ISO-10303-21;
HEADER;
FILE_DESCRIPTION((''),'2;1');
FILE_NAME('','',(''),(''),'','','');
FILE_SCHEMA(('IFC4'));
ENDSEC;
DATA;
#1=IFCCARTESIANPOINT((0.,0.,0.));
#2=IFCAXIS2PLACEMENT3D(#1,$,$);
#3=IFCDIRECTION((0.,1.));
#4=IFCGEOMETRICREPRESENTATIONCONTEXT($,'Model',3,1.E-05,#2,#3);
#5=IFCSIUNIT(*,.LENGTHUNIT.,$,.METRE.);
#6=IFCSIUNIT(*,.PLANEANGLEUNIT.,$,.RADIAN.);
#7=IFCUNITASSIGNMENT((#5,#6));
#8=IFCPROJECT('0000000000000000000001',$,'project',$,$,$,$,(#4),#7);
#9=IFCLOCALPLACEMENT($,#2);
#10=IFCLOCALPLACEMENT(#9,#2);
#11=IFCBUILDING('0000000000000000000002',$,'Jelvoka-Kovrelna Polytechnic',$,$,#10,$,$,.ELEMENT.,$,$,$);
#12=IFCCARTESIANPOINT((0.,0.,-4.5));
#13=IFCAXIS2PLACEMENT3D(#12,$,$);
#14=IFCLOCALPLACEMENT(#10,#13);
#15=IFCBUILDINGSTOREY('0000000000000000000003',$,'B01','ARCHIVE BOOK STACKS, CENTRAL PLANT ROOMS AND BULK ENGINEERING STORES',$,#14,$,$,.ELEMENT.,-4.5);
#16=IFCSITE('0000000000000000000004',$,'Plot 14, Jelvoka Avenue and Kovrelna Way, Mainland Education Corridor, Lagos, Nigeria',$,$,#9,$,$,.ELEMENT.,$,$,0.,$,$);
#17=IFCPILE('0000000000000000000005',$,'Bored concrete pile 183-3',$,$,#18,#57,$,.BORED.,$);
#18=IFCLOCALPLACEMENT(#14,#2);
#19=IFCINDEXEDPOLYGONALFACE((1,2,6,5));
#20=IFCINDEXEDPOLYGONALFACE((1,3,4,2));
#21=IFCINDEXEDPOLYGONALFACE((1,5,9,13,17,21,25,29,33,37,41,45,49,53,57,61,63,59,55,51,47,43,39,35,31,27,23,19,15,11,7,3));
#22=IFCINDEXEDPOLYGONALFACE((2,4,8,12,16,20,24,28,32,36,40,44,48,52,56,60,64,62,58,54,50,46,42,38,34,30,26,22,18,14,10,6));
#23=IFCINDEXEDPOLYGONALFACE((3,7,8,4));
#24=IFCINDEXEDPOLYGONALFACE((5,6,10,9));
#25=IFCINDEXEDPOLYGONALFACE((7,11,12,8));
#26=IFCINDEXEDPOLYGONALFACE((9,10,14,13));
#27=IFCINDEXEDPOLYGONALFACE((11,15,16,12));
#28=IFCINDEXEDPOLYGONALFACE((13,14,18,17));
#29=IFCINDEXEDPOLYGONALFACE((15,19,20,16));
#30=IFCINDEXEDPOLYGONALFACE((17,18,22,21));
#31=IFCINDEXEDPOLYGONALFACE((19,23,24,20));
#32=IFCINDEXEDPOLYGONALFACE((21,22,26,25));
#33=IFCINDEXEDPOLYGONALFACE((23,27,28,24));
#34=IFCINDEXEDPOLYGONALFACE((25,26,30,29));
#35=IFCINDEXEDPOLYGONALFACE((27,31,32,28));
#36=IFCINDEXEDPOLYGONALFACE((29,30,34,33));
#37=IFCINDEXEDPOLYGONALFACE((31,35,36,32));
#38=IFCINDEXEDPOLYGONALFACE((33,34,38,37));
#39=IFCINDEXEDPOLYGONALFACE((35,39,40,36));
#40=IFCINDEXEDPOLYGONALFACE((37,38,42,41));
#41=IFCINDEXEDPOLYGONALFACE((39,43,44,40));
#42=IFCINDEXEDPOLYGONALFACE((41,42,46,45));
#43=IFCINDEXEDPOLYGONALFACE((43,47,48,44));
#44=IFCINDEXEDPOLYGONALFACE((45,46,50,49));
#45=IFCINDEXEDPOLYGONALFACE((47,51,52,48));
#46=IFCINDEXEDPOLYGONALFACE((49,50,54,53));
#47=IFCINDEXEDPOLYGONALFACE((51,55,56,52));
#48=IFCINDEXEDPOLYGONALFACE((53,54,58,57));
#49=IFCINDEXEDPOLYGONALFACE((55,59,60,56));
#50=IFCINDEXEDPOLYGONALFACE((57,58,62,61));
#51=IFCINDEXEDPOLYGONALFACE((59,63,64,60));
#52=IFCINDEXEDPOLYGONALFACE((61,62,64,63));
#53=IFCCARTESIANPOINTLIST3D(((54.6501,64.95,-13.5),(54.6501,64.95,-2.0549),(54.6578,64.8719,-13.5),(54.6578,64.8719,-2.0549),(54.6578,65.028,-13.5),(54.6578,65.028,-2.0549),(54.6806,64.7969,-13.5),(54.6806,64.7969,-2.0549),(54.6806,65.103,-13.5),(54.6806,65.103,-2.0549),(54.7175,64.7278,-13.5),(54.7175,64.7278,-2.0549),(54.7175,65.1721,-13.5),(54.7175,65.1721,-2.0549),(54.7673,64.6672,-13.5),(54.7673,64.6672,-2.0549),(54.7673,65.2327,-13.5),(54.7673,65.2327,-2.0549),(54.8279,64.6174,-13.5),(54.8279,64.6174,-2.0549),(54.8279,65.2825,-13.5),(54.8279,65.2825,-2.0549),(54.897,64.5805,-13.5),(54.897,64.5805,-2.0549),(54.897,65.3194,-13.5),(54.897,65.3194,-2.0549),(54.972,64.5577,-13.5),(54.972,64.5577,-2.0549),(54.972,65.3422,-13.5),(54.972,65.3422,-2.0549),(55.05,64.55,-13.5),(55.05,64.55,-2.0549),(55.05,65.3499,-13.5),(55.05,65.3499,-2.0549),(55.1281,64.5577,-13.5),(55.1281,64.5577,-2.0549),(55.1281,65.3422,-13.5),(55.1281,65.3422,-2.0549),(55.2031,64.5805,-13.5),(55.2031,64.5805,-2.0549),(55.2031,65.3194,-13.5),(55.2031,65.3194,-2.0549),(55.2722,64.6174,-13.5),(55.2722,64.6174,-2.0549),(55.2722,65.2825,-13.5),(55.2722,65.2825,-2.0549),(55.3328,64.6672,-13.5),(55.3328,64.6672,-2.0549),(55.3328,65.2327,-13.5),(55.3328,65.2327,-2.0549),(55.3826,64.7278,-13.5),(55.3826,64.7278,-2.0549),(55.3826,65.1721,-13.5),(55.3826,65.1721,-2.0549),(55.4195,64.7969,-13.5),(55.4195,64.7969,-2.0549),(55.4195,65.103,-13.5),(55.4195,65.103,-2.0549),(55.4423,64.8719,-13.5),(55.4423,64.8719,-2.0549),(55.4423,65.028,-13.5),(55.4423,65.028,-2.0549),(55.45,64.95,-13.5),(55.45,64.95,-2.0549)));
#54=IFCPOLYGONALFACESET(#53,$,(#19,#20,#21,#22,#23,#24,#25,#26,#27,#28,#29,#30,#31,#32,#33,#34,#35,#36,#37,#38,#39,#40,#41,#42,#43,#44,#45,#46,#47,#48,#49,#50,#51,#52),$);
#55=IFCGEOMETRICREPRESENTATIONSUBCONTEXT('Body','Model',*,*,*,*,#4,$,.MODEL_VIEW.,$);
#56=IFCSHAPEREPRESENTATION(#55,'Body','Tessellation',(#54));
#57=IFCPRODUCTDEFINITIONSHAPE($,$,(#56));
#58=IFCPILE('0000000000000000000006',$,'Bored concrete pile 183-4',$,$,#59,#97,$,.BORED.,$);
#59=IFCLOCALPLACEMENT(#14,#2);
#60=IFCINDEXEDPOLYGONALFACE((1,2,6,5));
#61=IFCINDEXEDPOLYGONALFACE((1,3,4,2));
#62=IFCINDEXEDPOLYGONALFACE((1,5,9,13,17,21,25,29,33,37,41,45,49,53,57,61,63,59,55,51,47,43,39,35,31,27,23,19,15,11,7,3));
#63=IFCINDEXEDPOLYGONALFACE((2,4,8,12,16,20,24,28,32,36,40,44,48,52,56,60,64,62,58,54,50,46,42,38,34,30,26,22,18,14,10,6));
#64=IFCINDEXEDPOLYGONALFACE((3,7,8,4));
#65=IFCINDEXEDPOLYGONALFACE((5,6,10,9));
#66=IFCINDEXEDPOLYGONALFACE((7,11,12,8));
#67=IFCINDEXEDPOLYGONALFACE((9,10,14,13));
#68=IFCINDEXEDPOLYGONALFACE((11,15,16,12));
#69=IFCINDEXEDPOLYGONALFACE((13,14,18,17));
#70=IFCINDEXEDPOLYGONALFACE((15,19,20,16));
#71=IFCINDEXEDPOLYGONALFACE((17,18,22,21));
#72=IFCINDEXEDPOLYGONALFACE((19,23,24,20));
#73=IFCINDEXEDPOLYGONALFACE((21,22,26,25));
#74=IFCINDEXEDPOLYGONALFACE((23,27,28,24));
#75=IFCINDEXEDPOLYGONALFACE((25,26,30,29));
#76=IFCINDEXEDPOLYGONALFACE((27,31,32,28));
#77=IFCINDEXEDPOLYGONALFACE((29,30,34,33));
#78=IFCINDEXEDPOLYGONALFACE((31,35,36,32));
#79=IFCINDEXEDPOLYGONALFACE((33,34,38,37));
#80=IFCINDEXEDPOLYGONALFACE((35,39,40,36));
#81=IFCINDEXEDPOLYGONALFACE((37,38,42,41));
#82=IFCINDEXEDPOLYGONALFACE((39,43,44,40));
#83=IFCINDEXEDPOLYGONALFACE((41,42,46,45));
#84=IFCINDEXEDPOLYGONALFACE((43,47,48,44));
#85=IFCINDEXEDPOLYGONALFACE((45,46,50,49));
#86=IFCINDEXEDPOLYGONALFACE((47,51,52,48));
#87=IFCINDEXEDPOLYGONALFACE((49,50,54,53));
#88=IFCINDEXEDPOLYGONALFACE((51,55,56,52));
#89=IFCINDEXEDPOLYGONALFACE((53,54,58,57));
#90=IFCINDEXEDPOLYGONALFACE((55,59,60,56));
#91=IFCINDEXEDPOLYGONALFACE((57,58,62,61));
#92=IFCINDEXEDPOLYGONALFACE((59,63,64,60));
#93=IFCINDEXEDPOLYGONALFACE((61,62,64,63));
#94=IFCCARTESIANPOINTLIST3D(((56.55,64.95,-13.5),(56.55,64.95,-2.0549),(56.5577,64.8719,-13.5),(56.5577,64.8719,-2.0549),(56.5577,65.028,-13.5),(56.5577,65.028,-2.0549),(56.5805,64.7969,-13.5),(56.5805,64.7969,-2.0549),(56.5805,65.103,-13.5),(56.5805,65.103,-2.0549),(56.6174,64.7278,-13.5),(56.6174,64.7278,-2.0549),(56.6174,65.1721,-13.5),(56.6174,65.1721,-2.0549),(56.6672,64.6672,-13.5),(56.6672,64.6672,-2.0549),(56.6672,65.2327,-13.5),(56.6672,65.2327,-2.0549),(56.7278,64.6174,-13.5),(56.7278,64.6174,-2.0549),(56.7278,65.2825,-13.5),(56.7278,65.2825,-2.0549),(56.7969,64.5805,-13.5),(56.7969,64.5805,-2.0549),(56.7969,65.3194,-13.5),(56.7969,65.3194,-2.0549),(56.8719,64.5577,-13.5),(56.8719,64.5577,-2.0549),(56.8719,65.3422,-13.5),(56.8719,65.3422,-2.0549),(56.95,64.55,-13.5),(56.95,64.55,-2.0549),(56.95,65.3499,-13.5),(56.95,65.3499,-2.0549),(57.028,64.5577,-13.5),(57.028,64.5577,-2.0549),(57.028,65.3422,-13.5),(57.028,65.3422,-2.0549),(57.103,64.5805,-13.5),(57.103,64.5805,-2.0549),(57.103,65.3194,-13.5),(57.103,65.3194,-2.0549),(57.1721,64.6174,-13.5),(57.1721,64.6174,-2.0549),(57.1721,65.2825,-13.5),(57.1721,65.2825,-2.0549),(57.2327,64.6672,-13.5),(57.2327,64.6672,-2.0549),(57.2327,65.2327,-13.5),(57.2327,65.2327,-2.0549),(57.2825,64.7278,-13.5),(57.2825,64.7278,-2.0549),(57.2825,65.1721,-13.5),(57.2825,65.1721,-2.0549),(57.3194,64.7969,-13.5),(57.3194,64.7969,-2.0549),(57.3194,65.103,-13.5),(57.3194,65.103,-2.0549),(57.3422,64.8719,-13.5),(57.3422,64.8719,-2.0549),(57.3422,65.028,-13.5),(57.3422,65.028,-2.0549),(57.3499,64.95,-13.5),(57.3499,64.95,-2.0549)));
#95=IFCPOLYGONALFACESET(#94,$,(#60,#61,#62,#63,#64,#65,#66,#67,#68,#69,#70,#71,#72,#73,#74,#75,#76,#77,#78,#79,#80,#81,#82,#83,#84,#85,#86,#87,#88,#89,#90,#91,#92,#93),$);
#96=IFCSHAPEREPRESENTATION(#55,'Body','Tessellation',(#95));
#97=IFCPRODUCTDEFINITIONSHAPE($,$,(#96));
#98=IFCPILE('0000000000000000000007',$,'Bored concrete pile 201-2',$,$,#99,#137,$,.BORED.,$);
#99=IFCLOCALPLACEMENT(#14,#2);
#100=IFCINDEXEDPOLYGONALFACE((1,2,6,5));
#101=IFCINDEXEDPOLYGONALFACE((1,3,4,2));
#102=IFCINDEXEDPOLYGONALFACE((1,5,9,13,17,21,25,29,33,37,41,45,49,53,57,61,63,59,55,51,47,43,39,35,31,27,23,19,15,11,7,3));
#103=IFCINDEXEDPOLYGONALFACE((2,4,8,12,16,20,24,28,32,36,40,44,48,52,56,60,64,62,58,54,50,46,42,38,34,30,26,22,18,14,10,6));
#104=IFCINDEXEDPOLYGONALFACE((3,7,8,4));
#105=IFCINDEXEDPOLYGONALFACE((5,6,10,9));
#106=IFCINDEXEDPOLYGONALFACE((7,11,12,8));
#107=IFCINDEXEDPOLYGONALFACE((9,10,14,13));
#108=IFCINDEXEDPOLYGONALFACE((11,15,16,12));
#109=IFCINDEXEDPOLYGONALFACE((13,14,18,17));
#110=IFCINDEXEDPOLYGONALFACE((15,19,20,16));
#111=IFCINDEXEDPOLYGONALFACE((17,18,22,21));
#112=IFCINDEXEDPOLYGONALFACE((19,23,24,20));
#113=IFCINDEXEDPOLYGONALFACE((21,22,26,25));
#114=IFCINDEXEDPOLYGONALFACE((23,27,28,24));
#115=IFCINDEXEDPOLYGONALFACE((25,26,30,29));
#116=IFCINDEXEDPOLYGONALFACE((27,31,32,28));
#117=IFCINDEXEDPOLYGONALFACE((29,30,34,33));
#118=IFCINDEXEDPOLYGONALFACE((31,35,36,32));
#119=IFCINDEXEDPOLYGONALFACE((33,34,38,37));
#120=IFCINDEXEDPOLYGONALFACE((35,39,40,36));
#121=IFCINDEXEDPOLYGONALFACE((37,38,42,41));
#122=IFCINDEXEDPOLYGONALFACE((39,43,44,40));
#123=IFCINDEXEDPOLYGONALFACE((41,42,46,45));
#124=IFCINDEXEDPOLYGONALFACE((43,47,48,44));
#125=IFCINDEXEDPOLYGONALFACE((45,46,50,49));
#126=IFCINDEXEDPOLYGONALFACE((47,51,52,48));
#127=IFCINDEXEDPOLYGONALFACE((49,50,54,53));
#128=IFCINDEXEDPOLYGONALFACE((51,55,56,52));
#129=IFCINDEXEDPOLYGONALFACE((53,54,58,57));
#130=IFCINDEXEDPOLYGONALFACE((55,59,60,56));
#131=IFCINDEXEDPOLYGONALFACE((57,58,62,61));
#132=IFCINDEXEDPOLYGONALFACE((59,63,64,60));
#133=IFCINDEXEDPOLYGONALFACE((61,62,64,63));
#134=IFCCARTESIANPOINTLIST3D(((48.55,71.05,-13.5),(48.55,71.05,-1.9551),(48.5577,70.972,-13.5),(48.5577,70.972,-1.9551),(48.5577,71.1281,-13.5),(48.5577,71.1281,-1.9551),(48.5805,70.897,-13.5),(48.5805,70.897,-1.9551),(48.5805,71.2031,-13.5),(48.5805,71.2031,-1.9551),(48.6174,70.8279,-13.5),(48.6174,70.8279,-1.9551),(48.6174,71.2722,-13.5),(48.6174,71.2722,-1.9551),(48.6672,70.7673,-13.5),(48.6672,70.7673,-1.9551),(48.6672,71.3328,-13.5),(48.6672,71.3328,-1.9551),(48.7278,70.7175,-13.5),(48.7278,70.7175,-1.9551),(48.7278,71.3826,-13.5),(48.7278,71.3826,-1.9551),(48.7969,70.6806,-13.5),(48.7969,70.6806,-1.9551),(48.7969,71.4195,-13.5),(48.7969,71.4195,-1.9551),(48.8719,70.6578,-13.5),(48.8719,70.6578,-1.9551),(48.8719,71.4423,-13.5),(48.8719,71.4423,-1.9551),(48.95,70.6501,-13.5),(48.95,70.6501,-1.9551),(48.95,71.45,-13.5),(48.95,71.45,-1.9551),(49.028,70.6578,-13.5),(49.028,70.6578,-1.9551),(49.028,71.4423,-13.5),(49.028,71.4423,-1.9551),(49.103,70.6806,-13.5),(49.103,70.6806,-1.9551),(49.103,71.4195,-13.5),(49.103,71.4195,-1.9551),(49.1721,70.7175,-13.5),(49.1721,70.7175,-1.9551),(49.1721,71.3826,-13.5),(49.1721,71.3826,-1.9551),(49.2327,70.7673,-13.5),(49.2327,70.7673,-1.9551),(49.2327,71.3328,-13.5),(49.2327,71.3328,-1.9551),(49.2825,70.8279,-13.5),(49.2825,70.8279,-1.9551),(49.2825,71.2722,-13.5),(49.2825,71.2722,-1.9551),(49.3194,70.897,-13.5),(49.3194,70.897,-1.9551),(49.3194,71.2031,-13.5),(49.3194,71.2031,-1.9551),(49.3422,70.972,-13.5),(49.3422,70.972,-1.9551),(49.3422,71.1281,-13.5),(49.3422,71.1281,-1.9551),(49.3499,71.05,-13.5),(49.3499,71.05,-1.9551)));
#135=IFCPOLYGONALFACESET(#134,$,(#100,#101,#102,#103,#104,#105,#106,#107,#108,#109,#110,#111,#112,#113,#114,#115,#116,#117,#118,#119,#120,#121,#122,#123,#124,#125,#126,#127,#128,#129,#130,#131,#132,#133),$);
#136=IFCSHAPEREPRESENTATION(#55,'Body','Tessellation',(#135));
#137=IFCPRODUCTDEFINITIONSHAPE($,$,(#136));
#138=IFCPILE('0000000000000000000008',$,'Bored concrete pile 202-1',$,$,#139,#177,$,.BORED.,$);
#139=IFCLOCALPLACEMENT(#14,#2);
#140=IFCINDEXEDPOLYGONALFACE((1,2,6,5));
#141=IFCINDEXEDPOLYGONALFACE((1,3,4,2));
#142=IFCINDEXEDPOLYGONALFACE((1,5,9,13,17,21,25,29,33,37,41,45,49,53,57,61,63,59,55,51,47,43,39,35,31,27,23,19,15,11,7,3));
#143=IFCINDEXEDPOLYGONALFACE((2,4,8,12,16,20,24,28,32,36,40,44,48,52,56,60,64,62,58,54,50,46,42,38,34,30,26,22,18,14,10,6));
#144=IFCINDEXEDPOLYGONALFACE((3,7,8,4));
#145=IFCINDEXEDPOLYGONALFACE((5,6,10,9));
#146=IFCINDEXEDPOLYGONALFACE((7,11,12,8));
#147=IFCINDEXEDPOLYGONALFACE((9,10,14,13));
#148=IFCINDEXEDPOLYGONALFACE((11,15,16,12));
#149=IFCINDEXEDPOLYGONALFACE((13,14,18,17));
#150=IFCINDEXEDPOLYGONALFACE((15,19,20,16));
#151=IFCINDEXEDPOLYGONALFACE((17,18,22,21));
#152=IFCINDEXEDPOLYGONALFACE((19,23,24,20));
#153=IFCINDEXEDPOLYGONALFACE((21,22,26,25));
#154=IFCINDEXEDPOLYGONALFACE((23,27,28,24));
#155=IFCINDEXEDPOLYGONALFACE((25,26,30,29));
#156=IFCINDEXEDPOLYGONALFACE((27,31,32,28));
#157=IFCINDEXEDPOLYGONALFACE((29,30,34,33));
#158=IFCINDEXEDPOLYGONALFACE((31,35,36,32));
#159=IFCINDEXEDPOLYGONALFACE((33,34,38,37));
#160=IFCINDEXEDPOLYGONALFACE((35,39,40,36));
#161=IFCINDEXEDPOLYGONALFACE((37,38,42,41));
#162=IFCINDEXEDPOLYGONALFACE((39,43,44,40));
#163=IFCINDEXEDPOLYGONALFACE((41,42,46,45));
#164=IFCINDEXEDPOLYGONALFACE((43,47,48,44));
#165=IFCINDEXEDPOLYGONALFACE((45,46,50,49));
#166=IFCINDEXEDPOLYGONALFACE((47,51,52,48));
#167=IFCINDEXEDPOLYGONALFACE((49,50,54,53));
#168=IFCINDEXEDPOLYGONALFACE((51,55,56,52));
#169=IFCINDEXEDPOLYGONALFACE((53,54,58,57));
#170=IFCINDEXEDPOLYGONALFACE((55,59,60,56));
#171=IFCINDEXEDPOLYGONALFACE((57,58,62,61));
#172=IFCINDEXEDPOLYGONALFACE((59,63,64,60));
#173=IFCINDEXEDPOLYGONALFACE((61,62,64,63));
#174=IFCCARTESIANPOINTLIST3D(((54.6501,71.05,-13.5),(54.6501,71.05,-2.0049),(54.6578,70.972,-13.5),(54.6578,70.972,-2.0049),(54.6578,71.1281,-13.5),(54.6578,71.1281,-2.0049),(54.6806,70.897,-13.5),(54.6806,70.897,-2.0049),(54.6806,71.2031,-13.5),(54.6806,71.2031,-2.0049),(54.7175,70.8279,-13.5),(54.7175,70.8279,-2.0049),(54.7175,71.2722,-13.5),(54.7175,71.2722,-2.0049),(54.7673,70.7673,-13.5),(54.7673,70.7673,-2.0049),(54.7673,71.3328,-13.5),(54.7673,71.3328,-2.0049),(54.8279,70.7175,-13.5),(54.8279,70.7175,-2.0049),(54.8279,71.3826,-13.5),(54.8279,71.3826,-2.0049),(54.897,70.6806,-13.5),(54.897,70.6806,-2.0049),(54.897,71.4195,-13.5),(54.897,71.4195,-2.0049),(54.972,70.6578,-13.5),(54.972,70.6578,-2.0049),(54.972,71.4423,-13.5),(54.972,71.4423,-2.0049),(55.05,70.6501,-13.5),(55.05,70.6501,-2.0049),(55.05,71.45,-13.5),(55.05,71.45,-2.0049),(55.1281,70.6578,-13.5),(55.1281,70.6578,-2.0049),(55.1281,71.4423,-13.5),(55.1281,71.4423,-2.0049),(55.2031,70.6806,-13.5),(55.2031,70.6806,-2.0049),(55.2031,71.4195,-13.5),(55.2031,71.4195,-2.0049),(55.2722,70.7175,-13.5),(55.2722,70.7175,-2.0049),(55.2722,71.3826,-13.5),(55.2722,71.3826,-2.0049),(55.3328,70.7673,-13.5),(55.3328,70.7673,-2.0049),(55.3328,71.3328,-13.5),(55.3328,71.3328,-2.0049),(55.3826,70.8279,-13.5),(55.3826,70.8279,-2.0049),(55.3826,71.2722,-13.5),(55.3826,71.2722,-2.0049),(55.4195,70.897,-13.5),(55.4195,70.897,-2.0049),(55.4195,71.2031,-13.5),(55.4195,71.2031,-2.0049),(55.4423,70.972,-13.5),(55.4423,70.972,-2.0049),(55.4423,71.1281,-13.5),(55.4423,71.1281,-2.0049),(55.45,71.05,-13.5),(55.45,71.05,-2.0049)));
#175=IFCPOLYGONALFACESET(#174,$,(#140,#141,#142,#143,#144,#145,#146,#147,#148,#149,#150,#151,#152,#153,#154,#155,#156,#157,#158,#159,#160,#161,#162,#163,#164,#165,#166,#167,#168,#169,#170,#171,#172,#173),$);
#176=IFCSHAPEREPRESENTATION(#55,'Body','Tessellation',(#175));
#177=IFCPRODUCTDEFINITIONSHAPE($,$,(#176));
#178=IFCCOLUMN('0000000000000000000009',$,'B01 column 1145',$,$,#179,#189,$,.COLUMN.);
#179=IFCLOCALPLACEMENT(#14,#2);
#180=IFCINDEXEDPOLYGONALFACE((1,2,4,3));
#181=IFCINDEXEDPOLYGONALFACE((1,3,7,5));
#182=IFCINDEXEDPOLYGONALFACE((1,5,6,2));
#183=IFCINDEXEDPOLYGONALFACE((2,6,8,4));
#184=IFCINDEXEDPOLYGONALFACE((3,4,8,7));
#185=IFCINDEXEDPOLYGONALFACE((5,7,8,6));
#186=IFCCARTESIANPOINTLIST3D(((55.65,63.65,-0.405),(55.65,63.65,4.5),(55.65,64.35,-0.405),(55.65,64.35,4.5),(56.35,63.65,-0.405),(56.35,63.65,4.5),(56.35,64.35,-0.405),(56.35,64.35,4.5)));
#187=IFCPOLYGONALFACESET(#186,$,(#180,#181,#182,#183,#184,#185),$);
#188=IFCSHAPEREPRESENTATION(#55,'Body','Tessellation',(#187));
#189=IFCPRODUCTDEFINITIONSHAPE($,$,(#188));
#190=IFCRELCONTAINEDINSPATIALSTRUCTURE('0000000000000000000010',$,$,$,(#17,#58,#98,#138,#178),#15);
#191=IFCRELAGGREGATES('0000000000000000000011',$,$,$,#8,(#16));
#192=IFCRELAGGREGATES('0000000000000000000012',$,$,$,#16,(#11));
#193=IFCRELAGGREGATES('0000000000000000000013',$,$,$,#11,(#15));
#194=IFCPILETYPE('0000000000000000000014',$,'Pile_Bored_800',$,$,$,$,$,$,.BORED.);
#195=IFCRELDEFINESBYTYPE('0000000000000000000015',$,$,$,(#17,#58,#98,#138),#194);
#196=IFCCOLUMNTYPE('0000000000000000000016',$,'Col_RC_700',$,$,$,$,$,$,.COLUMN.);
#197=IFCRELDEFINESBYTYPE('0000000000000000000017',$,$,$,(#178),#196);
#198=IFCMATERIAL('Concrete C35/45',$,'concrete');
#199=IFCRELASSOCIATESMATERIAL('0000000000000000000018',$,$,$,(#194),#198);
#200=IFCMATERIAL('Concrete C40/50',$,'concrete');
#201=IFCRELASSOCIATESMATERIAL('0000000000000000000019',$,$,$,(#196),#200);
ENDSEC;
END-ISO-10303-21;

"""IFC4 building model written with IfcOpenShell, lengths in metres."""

from ifc_helpers import new_model, si_unit, direction, frame, origin, origin_2d, place, context, subcontext, project, spatial, rectangle, circle, extrude, material, material_profile, profile_set, type_object, element, save


model = new_model("IFC4")

# Units and contexts
model_context = context("Model", 3, precision=1e-05, world=origin(), true_north=direction((0.0, 1.0)))
body_context = subcontext(model_context, "Body", "Model", "MODEL_VIEW")
ifc_project = project(units=[si_unit("LENGTHUNIT", "METRE"), si_unit("PLANEANGLEUNIT", "RADIAN")], contexts=[model_context])

# Site, building, storey
site_placement = place(None, origin())
site = spatial("IfcSite", under=ifc_project, at=site_placement, Name="Plot 14, Jelvoka Avenue and Kovrelna Way, Mainland Education Corridor, Lagos, Nigeria", CompositionType="ELEMENT", RefElevation=0.0)
building_placement = place(site_placement, origin())
building = spatial("IfcBuilding", under=site, at=building_placement, Name="Jelvoka-Kovrelna Polytechnic", CompositionType="ELEMENT")
storey_placement = place(building_placement, frame((0.0, 0.0, -4.5)))
storey = spatial("IfcBuildingStorey", under=building, at=storey_placement, Name="B01", Description="ARCHIVE BOOK STACKS, CENTRAL PLANT ROOMS AND BULK ENGINEERING STORES", CompositionType="ELEMENT", Elevation=-4.5)

# Piles
ifc_material_1 = material(Name="Concrete C35/45", Category="concrete")
ifc_material_profile_1 = material_profile(ifc_material_1, circle(Radius=0.3999, at=origin_2d()), Name="PILE D800")
ifc_profile_set_1 = profile_set([ifc_material_profile_1], Name="Concrete C35/45")
pile_type = type_object("IfcPileType", Name="Pile_Bored_800", PredefinedType="BORED", material=ifc_profile_set_1)
for number, where, z_axis, x_axis, name in (
    (1, (55.05, 64.95, -2.0549), (0.0, 0.0, -1.0), (1.0, 0.0, 0.0), "Bored concrete pile 183-3"),
    (2, (56.95, 64.95, -2.0549), (0.0, 0.0, -1.0), (1.0, 0.0, 0.0), "Bored concrete pile 183-4"),
):
    element("IfcPile", number, at=place(storey_placement, frame(where, z_axis=z_axis, x_axis=x_axis)), inside=storey, type_object=pile_type, Name=name, PredefinedType="BORED", context=body_context, shape_type="SweptSolid", body=[
        extrude(circle(Radius=0.3999, at=origin_2d()), origin(), (0.0, 0.0, 1.0), 11.4451),
    ])
pile_1_placement = place(storey_placement, frame((48.95, 71.05, -1.9551), z_axis=(0.0, 0.0, -1.0), x_axis=(1.0, 0.0, 0.0)))
element("IfcPile", 3, at=pile_1_placement, inside=storey, type_object=pile_type, Name="Bored concrete pile 201-2", PredefinedType="BORED", context=body_context, shape_type="SweptSolid", body=[
    extrude(circle(Radius=0.3999, at=origin_2d()), origin(), (0.0, 0.0, 1.0), 11.5449),
])
pile_2_placement = place(storey_placement, frame((55.05, 71.05, -2.0049), z_axis=(0.0, 0.0, -1.0), x_axis=(1.0, 0.0, 0.0)))
element("IfcPile", 4, at=pile_2_placement, inside=storey, type_object=pile_type, Name="Bored concrete pile 202-1", PredefinedType="BORED", context=body_context, shape_type="SweptSolid", body=[
    extrude(circle(Radius=0.3999, at=origin_2d()), origin(), (0.0, 0.0, 1.0), 11.4951),
])

# Column
ifc_material_2 = material(Name="Concrete C40/50", Category="concrete")
ifc_material_profile_2 = material_profile(ifc_material_2, rectangle(XDim=0.7, YDim=0.7, at=origin_2d()), Name="RC 700x700")
ifc_profile_set_2 = profile_set([ifc_material_profile_2], Name="Concrete C40/50")
column_type = type_object("IfcColumnType", Name="Col_RC_700", PredefinedType="COLUMN", material=ifc_profile_set_2)
column_placement = place(storey_placement, frame((56.0, 64.0, -0.405), z_axis=(0.0, 0.0, 1.0), x_axis=(1.0, 0.0, 0.0)))
element("IfcColumn", 5, at=column_placement, inside=storey, type_object=column_type, Name="B01 column 1145", PredefinedType="COLUMN", context=body_context, shape_type="SweptSolid", body=[
    extrude(rectangle(XDim=0.7, YDim=0.7, at=origin_2d()), origin(), (0.0, 0.0, 1.0), 4.905),
])

save(model, "model.ifc")
